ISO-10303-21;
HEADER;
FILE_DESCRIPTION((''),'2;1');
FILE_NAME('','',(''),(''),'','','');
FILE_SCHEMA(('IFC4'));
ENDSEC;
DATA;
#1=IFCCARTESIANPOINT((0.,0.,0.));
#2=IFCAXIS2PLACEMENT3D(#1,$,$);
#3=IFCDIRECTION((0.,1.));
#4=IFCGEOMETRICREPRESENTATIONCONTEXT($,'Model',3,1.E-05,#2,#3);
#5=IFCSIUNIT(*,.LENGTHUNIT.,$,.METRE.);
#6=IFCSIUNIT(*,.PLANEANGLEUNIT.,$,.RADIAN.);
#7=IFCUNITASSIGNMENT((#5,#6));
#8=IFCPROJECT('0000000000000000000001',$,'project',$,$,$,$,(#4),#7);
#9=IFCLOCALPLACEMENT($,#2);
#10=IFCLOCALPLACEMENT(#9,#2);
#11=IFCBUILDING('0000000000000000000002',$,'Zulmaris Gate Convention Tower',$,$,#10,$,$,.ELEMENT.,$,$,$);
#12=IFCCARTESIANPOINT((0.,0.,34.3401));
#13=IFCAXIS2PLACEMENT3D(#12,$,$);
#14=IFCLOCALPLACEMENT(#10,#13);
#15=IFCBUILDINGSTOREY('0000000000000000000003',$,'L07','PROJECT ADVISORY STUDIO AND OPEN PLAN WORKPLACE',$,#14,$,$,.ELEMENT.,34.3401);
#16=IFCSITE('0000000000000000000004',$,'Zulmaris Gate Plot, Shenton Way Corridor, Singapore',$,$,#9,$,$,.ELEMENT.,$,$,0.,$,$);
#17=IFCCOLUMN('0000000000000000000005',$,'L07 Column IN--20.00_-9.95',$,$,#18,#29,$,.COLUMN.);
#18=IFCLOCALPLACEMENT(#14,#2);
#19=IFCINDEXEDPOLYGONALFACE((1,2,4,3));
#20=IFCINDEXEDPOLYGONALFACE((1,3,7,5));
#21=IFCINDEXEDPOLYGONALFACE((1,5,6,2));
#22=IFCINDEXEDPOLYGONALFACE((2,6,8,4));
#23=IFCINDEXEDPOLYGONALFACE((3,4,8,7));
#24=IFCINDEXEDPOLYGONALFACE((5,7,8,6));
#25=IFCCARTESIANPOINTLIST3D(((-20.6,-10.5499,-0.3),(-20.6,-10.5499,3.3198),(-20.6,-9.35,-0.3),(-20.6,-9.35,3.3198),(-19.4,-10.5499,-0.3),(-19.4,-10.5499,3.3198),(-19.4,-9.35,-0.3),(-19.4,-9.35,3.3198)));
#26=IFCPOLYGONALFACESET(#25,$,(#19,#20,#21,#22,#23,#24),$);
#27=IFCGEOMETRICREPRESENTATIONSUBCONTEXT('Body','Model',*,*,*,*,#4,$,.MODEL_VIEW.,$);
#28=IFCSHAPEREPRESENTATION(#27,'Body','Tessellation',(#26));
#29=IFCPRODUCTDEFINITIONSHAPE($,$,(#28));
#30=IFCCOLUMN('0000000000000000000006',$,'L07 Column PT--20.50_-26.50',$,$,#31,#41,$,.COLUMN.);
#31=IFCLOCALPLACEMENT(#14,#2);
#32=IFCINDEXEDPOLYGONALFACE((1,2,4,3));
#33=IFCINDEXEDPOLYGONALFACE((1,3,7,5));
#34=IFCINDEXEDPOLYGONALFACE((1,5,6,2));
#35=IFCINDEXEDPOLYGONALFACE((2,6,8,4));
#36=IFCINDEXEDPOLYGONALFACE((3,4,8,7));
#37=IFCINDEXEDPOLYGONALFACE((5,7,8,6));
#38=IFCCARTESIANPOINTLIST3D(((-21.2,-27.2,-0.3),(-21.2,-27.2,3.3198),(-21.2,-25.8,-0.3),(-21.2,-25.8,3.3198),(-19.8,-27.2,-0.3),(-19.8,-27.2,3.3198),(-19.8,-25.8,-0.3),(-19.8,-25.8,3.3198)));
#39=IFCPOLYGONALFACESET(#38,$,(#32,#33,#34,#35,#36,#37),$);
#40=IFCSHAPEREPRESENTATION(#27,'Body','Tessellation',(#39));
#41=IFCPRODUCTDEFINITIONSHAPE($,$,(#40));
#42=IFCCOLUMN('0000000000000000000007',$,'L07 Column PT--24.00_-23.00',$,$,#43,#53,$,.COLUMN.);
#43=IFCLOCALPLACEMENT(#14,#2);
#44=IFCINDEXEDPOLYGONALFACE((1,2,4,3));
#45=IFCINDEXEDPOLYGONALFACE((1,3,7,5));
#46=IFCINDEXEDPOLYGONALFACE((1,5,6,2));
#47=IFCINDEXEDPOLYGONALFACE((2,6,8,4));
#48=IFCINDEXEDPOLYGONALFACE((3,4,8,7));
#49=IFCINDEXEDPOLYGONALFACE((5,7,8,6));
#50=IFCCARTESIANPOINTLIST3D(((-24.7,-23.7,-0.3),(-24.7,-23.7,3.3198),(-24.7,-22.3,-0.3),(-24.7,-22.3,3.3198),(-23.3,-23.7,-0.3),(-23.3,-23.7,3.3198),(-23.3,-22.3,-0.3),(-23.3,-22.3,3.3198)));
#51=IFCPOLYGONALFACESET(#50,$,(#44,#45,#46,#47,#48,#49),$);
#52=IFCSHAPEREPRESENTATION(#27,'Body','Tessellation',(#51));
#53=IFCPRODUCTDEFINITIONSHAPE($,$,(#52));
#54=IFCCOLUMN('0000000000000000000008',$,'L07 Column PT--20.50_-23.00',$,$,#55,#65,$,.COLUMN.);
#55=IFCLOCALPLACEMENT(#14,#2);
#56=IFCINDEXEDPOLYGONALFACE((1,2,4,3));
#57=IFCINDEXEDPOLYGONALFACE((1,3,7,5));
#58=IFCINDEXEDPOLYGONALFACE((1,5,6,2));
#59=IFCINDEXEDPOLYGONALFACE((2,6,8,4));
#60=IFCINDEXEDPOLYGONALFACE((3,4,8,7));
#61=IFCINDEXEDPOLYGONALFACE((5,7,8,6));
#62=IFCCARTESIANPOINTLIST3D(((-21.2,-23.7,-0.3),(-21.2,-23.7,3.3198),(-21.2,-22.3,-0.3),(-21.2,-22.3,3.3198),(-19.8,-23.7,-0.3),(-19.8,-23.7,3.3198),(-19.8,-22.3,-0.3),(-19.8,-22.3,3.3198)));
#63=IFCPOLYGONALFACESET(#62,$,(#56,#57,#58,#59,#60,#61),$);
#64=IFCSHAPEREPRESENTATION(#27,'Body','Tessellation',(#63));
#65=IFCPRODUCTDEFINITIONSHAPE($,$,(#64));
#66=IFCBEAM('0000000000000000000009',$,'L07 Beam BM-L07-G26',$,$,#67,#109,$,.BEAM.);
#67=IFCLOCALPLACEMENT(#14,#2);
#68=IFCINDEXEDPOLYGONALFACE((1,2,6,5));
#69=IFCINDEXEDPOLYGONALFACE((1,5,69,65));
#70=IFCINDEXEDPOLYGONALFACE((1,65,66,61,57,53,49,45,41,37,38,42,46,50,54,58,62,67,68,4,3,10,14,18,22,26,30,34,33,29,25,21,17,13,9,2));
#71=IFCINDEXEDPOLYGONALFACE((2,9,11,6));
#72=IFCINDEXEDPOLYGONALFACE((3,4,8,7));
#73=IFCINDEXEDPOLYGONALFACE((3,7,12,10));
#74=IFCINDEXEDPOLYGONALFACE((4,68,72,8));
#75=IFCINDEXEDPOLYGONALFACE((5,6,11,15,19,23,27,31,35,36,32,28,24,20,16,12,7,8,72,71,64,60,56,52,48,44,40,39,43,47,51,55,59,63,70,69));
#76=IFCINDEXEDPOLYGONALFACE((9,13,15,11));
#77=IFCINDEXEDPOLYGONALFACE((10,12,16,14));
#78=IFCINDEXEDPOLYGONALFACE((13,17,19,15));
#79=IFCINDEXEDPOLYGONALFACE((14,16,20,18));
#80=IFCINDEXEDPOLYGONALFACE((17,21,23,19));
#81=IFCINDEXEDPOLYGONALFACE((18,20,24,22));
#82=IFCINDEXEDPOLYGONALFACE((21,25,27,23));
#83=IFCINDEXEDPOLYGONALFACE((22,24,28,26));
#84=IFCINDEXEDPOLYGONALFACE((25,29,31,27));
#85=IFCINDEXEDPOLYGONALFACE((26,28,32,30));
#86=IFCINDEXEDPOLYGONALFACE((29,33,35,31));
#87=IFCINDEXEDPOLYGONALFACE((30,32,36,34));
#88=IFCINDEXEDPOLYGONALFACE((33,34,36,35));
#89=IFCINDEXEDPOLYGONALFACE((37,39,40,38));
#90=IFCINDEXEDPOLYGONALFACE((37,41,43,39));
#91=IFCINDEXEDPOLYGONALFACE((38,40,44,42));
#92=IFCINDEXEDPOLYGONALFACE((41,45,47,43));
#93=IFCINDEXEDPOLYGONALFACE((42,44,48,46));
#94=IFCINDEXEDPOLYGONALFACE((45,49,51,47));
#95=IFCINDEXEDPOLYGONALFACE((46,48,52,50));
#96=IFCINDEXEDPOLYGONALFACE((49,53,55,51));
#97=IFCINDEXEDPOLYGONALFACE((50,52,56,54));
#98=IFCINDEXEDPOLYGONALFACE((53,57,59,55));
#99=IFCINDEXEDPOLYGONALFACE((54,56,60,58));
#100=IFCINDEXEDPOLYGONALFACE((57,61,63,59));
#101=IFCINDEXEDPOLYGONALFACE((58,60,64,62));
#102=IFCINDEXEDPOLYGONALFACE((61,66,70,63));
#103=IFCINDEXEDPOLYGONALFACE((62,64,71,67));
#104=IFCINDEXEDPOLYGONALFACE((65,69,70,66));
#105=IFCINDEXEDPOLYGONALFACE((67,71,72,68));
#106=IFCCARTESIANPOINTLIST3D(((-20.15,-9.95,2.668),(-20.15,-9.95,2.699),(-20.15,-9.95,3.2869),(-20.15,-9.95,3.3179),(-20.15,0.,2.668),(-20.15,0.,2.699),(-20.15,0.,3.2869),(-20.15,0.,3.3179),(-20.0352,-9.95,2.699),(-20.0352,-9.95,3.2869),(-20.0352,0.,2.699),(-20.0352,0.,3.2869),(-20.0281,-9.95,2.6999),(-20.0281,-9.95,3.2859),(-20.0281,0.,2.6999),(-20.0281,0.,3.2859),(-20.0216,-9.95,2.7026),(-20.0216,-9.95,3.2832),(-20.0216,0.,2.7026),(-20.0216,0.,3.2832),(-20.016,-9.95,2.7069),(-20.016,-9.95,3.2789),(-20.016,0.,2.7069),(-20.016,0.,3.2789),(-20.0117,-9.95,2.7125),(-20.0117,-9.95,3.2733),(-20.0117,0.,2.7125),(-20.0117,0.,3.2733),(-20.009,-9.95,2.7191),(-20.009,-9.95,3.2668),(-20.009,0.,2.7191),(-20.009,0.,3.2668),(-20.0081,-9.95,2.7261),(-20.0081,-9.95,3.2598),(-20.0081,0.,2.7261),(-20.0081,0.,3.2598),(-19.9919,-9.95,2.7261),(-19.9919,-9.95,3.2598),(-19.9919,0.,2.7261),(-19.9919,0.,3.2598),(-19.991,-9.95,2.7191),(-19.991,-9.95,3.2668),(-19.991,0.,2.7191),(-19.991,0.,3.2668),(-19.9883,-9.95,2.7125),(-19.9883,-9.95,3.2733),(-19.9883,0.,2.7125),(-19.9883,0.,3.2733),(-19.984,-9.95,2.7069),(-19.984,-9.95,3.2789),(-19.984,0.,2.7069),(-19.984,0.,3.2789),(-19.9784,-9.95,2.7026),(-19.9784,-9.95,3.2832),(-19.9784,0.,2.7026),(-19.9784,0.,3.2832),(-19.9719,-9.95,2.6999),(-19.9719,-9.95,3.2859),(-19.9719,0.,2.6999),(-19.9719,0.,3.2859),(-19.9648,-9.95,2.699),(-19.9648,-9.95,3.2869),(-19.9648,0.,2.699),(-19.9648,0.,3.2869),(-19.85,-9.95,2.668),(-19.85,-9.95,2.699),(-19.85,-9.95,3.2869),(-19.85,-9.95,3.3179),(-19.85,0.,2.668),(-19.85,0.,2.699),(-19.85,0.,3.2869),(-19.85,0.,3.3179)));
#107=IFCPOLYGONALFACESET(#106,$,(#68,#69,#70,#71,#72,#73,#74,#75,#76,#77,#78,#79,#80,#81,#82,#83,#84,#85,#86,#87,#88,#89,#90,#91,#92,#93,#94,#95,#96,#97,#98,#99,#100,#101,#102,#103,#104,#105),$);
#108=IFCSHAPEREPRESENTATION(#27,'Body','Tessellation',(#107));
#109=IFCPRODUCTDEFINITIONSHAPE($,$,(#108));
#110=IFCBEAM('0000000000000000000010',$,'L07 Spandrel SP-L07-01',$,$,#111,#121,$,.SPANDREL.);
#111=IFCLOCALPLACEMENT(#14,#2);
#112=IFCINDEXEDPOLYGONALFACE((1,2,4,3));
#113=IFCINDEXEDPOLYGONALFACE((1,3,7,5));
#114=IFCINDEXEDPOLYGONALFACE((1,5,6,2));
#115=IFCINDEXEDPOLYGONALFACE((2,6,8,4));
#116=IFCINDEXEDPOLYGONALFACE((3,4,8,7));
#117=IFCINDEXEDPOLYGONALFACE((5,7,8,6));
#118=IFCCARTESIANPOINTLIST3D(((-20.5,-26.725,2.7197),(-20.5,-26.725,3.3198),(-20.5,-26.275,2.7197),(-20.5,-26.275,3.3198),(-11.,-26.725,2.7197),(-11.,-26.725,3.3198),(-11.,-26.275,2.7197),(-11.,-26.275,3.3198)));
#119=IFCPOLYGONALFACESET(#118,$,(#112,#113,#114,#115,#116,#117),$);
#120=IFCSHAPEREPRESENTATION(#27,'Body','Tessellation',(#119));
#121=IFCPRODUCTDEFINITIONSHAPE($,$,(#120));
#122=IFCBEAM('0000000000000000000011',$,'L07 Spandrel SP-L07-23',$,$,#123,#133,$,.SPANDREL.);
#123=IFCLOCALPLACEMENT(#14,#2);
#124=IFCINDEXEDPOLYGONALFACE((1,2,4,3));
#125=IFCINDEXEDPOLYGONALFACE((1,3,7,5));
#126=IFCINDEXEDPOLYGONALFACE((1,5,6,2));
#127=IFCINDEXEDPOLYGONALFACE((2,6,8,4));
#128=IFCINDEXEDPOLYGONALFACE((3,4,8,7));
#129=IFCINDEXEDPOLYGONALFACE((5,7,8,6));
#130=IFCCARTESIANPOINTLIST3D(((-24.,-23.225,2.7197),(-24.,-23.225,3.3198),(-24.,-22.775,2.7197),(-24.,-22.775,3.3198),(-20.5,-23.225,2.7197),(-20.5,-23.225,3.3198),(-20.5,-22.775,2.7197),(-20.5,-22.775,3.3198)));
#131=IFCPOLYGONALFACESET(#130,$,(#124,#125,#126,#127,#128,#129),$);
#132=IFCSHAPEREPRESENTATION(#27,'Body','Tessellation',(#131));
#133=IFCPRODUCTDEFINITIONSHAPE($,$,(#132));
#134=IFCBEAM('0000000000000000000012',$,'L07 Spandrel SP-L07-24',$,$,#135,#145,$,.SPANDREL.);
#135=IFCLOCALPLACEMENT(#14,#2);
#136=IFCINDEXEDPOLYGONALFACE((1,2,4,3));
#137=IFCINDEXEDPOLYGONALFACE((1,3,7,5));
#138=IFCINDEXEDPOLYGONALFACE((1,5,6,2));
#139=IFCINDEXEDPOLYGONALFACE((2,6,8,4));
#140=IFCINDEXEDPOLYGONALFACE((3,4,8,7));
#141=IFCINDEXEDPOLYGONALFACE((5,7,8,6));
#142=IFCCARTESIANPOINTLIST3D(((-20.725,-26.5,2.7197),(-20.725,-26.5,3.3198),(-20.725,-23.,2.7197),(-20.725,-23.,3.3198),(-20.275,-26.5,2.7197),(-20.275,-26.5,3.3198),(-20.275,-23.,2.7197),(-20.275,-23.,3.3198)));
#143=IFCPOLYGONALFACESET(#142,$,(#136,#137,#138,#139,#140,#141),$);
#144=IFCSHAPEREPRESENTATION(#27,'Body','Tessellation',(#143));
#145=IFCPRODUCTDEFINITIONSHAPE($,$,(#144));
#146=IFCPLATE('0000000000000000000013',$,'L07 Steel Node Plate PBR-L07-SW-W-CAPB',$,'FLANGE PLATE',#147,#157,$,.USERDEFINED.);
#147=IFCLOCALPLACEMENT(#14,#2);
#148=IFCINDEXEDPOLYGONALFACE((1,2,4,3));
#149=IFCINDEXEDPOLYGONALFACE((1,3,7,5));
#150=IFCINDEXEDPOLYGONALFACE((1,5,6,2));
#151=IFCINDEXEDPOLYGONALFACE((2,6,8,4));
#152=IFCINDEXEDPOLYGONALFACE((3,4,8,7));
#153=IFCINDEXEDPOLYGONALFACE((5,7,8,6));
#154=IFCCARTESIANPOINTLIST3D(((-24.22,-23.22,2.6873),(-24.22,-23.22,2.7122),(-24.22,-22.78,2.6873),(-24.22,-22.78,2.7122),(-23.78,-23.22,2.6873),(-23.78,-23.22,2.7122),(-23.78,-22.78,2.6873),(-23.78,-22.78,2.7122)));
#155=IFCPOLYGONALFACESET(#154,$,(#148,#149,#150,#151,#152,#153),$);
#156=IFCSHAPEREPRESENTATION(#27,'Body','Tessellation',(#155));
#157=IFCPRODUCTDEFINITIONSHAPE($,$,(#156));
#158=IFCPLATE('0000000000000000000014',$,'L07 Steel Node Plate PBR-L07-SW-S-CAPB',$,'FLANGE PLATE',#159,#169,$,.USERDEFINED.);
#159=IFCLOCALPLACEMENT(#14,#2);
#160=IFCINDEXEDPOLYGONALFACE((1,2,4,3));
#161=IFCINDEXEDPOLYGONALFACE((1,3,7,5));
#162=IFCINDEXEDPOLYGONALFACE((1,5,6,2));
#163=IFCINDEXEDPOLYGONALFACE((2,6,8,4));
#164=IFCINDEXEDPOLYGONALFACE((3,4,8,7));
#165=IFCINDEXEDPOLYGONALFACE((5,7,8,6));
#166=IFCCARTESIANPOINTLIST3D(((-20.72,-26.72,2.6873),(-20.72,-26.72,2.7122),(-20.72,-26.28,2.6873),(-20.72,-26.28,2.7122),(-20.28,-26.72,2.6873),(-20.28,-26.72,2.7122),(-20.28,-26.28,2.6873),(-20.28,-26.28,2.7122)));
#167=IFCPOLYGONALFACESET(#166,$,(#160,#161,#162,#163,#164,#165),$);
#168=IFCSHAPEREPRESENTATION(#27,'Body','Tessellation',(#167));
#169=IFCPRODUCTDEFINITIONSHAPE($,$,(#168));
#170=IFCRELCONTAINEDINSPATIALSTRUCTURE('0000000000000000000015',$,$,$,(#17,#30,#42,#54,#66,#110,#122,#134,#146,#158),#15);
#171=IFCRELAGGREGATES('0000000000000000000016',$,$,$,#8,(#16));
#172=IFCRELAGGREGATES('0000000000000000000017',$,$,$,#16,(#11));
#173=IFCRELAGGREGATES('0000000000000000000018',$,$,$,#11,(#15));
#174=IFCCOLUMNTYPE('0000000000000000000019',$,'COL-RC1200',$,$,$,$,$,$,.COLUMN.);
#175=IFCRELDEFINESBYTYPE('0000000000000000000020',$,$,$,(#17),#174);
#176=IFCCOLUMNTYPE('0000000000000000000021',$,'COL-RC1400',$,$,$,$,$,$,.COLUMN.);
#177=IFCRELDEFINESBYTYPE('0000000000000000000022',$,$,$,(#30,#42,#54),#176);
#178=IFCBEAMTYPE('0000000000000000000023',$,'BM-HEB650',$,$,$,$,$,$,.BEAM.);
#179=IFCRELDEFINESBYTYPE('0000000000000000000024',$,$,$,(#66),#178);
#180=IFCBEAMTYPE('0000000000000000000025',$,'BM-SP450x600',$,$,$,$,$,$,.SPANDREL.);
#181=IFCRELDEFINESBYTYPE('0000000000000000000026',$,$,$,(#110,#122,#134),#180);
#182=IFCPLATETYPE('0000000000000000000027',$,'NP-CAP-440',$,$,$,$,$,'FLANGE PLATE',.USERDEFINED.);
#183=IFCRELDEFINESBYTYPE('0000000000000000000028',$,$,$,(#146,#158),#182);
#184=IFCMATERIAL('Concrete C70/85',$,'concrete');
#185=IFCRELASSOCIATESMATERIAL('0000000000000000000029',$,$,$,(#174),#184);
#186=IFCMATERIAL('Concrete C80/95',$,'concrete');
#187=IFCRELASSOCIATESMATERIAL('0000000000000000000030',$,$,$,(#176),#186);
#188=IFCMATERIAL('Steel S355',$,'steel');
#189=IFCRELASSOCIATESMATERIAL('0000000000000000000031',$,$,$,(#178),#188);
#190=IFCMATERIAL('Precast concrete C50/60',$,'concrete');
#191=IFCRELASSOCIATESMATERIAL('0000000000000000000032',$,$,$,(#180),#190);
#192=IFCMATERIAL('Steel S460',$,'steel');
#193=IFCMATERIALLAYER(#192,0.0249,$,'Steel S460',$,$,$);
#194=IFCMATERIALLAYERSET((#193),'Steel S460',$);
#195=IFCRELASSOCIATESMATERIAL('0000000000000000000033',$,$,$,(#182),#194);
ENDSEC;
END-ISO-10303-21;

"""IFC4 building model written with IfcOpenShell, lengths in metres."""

from ifc_helpers import new_model, si_unit, direction, frame, origin, origin_2d, place, context, subcontext, project, spatial, rectangle, i_section, extrude, material, layer, layer_set, material_profile, profile_set, type_object, element, save


model = new_model("IFC4")

# Units and contexts
model_context = context("Model", 3, precision=1e-05, world=origin(), true_north=direction((0.0, 1.0)))
body_context = subcontext(model_context, "Body", "Model", "MODEL_VIEW")
ifc_project = project(units=[si_unit("LENGTHUNIT", "METRE"), si_unit("PLANEANGLEUNIT", "RADIAN")], contexts=[model_context])

# Site, building, storey
site_placement = place(None, origin())
site = spatial("IfcSite", under=ifc_project, at=site_placement, Name="Zulmaris Gate Plot, Shenton Way Corridor, Singapore", CompositionType="ELEMENT", RefElevation=0.0)
building_placement = place(site_placement, origin())
building = spatial("IfcBuilding", under=site, at=building_placement, Name="Zulmaris Gate Convention Tower", CompositionType="ELEMENT")
storey_placement = place(building_placement, frame((0.0, 0.0, 34.3401)))
storey = spatial("IfcBuildingStorey", under=building, at=storey_placement, Name="L07", Description="PROJECT ADVISORY STUDIO AND OPEN PLAN WORKPLACE", CompositionType="ELEMENT", Elevation=34.3401)

# Columns
ifc_material_1 = material(Name="Concrete C70/85", Category="concrete")
ifc_material_profile_1 = material_profile(ifc_material_1, rectangle(XDim=1.2, YDim=1.2, at=origin_2d()), Name="RC COL 1200x1200")
ifc_profile_set_1 = profile_set([ifc_material_profile_1], Name="Concrete C70/85")
column_type_1 = type_object("IfcColumnType", Name="COL-RC1200", PredefinedType="COLUMN", material=ifc_profile_set_1)
column_placement = place(storey_placement, frame((-20.0, -9.95, -0.3), z_axis=(0.0, 0.0, 1.0), x_axis=(1.0, 0.0, 0.0)))
element("IfcColumn", 1, at=column_placement, inside=storey, type_object=column_type_1, Name="L07 Column IN--20.00_-9.95", PredefinedType="COLUMN", context=body_context, shape_type="SweptSolid", body=[
    extrude(rectangle(XDim=1.2, YDim=1.2, at=origin_2d()), origin(), (0.0, 0.0, 1.0), 3.6199),
])
ifc_material_2 = material(Name="Concrete C80/95", Category="concrete")
ifc_material_profile_2 = material_profile(ifc_material_2, rectangle(XDim=1.3999, YDim=1.3999, at=origin_2d()), Name="RC COL 1400x1400")
ifc_profile_set_2 = profile_set([ifc_material_profile_2], Name="Concrete C80/95")
column_type_2 = type_object("IfcColumnType", Name="COL-RC1400", PredefinedType="COLUMN", material=ifc_profile_set_2)
for number, where, z_axis, x_axis, name in (
    (2, (-20.5, -26.5, -0.3), (0.0, 0.0, 1.0), (1.0, 0.0, 0.0), "L07 Column PT--20.50_-26.50"),
    (3, (-24.0, -23.0, -0.3), (0.0, 0.0, 1.0), (1.0, 0.0, 0.0), "L07 Column PT--24.00_-23.00"),
    (4, (-20.5, -23.0, -0.3), (0.0, 0.0, 1.0), (1.0, 0.0, 0.0), "L07 Column PT--20.50_-23.00"),
):
    element("IfcColumn", number, at=place(storey_placement, frame(where, z_axis=z_axis, x_axis=x_axis)), inside=storey, type_object=column_type_2, Name=name, PredefinedType="COLUMN", context=body_context, shape_type="SweptSolid", body=[
        extrude(rectangle(XDim=1.3999, YDim=1.3999, at=origin_2d()), origin(), (0.0, 0.0, 1.0), 3.6199),
    ])

# Beams
ifc_material_3 = material(Name="Steel S355", Category="steel")
ifc_material_profile_3 = material_profile(ifc_material_3, i_section(OverallWidth=0.3, OverallDepth=0.6499, WebThickness=0.0161, FlangeThickness=0.031, FilletRadius=0.0271, at=origin_2d()), Name="HEB 650")
ifc_profile_set_3 = profile_set([ifc_material_profile_3], Name="Steel S355")
beam_type_1 = type_object("IfcBeamType", Name="BM-HEB650", PredefinedType="BEAM", material=ifc_profile_set_3)
beam_1_placement = place(storey_placement, frame((-20.0, -9.95, 2.9929), z_axis=(0.0, 1.0, 0.0), x_axis=(-1.0, 0.0, 0.0)))
element("IfcBeam", 5, at=beam_1_placement, inside=storey, type_object=beam_type_1, Name="L07 Beam BM-L07-G26", PredefinedType="BEAM", context=body_context, shape_type="SweptSolid", body=[
    extrude(i_section(OverallWidth=0.3, OverallDepth=0.6499, WebThickness=0.0161, FlangeThickness=0.031, FilletRadius=0.0271, at=origin_2d()), origin(), (0.0, 0.0, 1.0), 9.95),
])
ifc_material_4 = material(Name="Precast concrete C50/60", Category="concrete")
ifc_material_profile_4 = material_profile(ifc_material_4, rectangle(XDim=0.45, YDim=0.6001, at=origin_2d()), Name="RC SPANDREL 450x600")
ifc_profile_set_4 = profile_set([ifc_material_profile_4], Name="Precast concrete C50/60")
beam_type_2 = type_object("IfcBeamType", Name="BM-SP450x600", PredefinedType="SPANDREL", material=ifc_profile_set_4)
beam_2_placement = place(storey_placement, frame((-20.5, -26.5, 3.0198), z_axis=(1.0, 0.0, 0.0), x_axis=(0.0, 1.0, 0.0)))
element("IfcBeam", 6, at=beam_2_placement, inside=storey, type_object=beam_type_2, Name="L07 Spandrel SP-L07-01", PredefinedType="SPANDREL", context=body_context, shape_type="SweptSolid", body=[
    extrude(rectangle(XDim=0.45, YDim=0.6001, at=origin_2d()), origin(), (0.0, 0.0, 1.0), 9.5),
])
for number, where, z_axis, x_axis, name in (
    (7, (-24.0, -23.0, 3.0198), (1.0, 0.0, 0.0), (0.0, 1.0, 0.0), "L07 Spandrel SP-L07-23"),
    (8, (-20.5, -23.0, 3.0198), (0.0, -1.0, 0.0), (1.0, 0.0, 0.0), "L07 Spandrel SP-L07-24"),
):
    element("IfcBeam", number, at=place(storey_placement, frame(where, z_axis=z_axis, x_axis=x_axis)), inside=storey, type_object=beam_type_2, Name=name, PredefinedType="SPANDREL", context=body_context, shape_type="SweptSolid", body=[
        extrude(rectangle(XDim=0.45, YDim=0.6001, at=origin_2d()), origin(), (0.0, 0.0, 1.0), 3.5),
    ])

# Plates
ifc_material_5 = material(Name="Steel S460", Category="steel")
ifc_layer_1 = layer(ifc_material_5, 0.0249, Name="Steel S460")
ifc_layer_set_1 = layer_set([ifc_layer_1], Name="Steel S460")
plate_type = type_object("IfcPlateType", Name="NP-CAP-440", ElementType="FLANGE PLATE", PredefinedType="USERDEFINED", material=ifc_layer_set_1)
for number, where, z_axis, x_axis, name in (
    (9, (-24.0, -23.0, 2.6873), (0.0, 0.0, 1.0), (1.0, 0.0, 0.0), "L07 Steel Node Plate PBR-L07-SW-W-CAPB"),
    (10, (-20.5, -26.5, 2.6873), (0.0, 0.0, 1.0), (1.0, 0.0, 0.0), "L07 Steel Node Plate PBR-L07-SW-S-CAPB"),
):
    element("IfcPlate", number, at=place(storey_placement, frame(where, z_axis=z_axis, x_axis=x_axis)), inside=storey, type_object=plate_type, Name=name, ObjectType="FLANGE PLATE", PredefinedType="USERDEFINED", context=body_context, shape_type="SweptSolid", body=[
        extrude(rectangle(XDim=0.4399, YDim=0.4399, at=origin_2d()), origin(), (0.0, 0.0, 1.0), 0.0249),
    ])

save(model, "model.ifc")
